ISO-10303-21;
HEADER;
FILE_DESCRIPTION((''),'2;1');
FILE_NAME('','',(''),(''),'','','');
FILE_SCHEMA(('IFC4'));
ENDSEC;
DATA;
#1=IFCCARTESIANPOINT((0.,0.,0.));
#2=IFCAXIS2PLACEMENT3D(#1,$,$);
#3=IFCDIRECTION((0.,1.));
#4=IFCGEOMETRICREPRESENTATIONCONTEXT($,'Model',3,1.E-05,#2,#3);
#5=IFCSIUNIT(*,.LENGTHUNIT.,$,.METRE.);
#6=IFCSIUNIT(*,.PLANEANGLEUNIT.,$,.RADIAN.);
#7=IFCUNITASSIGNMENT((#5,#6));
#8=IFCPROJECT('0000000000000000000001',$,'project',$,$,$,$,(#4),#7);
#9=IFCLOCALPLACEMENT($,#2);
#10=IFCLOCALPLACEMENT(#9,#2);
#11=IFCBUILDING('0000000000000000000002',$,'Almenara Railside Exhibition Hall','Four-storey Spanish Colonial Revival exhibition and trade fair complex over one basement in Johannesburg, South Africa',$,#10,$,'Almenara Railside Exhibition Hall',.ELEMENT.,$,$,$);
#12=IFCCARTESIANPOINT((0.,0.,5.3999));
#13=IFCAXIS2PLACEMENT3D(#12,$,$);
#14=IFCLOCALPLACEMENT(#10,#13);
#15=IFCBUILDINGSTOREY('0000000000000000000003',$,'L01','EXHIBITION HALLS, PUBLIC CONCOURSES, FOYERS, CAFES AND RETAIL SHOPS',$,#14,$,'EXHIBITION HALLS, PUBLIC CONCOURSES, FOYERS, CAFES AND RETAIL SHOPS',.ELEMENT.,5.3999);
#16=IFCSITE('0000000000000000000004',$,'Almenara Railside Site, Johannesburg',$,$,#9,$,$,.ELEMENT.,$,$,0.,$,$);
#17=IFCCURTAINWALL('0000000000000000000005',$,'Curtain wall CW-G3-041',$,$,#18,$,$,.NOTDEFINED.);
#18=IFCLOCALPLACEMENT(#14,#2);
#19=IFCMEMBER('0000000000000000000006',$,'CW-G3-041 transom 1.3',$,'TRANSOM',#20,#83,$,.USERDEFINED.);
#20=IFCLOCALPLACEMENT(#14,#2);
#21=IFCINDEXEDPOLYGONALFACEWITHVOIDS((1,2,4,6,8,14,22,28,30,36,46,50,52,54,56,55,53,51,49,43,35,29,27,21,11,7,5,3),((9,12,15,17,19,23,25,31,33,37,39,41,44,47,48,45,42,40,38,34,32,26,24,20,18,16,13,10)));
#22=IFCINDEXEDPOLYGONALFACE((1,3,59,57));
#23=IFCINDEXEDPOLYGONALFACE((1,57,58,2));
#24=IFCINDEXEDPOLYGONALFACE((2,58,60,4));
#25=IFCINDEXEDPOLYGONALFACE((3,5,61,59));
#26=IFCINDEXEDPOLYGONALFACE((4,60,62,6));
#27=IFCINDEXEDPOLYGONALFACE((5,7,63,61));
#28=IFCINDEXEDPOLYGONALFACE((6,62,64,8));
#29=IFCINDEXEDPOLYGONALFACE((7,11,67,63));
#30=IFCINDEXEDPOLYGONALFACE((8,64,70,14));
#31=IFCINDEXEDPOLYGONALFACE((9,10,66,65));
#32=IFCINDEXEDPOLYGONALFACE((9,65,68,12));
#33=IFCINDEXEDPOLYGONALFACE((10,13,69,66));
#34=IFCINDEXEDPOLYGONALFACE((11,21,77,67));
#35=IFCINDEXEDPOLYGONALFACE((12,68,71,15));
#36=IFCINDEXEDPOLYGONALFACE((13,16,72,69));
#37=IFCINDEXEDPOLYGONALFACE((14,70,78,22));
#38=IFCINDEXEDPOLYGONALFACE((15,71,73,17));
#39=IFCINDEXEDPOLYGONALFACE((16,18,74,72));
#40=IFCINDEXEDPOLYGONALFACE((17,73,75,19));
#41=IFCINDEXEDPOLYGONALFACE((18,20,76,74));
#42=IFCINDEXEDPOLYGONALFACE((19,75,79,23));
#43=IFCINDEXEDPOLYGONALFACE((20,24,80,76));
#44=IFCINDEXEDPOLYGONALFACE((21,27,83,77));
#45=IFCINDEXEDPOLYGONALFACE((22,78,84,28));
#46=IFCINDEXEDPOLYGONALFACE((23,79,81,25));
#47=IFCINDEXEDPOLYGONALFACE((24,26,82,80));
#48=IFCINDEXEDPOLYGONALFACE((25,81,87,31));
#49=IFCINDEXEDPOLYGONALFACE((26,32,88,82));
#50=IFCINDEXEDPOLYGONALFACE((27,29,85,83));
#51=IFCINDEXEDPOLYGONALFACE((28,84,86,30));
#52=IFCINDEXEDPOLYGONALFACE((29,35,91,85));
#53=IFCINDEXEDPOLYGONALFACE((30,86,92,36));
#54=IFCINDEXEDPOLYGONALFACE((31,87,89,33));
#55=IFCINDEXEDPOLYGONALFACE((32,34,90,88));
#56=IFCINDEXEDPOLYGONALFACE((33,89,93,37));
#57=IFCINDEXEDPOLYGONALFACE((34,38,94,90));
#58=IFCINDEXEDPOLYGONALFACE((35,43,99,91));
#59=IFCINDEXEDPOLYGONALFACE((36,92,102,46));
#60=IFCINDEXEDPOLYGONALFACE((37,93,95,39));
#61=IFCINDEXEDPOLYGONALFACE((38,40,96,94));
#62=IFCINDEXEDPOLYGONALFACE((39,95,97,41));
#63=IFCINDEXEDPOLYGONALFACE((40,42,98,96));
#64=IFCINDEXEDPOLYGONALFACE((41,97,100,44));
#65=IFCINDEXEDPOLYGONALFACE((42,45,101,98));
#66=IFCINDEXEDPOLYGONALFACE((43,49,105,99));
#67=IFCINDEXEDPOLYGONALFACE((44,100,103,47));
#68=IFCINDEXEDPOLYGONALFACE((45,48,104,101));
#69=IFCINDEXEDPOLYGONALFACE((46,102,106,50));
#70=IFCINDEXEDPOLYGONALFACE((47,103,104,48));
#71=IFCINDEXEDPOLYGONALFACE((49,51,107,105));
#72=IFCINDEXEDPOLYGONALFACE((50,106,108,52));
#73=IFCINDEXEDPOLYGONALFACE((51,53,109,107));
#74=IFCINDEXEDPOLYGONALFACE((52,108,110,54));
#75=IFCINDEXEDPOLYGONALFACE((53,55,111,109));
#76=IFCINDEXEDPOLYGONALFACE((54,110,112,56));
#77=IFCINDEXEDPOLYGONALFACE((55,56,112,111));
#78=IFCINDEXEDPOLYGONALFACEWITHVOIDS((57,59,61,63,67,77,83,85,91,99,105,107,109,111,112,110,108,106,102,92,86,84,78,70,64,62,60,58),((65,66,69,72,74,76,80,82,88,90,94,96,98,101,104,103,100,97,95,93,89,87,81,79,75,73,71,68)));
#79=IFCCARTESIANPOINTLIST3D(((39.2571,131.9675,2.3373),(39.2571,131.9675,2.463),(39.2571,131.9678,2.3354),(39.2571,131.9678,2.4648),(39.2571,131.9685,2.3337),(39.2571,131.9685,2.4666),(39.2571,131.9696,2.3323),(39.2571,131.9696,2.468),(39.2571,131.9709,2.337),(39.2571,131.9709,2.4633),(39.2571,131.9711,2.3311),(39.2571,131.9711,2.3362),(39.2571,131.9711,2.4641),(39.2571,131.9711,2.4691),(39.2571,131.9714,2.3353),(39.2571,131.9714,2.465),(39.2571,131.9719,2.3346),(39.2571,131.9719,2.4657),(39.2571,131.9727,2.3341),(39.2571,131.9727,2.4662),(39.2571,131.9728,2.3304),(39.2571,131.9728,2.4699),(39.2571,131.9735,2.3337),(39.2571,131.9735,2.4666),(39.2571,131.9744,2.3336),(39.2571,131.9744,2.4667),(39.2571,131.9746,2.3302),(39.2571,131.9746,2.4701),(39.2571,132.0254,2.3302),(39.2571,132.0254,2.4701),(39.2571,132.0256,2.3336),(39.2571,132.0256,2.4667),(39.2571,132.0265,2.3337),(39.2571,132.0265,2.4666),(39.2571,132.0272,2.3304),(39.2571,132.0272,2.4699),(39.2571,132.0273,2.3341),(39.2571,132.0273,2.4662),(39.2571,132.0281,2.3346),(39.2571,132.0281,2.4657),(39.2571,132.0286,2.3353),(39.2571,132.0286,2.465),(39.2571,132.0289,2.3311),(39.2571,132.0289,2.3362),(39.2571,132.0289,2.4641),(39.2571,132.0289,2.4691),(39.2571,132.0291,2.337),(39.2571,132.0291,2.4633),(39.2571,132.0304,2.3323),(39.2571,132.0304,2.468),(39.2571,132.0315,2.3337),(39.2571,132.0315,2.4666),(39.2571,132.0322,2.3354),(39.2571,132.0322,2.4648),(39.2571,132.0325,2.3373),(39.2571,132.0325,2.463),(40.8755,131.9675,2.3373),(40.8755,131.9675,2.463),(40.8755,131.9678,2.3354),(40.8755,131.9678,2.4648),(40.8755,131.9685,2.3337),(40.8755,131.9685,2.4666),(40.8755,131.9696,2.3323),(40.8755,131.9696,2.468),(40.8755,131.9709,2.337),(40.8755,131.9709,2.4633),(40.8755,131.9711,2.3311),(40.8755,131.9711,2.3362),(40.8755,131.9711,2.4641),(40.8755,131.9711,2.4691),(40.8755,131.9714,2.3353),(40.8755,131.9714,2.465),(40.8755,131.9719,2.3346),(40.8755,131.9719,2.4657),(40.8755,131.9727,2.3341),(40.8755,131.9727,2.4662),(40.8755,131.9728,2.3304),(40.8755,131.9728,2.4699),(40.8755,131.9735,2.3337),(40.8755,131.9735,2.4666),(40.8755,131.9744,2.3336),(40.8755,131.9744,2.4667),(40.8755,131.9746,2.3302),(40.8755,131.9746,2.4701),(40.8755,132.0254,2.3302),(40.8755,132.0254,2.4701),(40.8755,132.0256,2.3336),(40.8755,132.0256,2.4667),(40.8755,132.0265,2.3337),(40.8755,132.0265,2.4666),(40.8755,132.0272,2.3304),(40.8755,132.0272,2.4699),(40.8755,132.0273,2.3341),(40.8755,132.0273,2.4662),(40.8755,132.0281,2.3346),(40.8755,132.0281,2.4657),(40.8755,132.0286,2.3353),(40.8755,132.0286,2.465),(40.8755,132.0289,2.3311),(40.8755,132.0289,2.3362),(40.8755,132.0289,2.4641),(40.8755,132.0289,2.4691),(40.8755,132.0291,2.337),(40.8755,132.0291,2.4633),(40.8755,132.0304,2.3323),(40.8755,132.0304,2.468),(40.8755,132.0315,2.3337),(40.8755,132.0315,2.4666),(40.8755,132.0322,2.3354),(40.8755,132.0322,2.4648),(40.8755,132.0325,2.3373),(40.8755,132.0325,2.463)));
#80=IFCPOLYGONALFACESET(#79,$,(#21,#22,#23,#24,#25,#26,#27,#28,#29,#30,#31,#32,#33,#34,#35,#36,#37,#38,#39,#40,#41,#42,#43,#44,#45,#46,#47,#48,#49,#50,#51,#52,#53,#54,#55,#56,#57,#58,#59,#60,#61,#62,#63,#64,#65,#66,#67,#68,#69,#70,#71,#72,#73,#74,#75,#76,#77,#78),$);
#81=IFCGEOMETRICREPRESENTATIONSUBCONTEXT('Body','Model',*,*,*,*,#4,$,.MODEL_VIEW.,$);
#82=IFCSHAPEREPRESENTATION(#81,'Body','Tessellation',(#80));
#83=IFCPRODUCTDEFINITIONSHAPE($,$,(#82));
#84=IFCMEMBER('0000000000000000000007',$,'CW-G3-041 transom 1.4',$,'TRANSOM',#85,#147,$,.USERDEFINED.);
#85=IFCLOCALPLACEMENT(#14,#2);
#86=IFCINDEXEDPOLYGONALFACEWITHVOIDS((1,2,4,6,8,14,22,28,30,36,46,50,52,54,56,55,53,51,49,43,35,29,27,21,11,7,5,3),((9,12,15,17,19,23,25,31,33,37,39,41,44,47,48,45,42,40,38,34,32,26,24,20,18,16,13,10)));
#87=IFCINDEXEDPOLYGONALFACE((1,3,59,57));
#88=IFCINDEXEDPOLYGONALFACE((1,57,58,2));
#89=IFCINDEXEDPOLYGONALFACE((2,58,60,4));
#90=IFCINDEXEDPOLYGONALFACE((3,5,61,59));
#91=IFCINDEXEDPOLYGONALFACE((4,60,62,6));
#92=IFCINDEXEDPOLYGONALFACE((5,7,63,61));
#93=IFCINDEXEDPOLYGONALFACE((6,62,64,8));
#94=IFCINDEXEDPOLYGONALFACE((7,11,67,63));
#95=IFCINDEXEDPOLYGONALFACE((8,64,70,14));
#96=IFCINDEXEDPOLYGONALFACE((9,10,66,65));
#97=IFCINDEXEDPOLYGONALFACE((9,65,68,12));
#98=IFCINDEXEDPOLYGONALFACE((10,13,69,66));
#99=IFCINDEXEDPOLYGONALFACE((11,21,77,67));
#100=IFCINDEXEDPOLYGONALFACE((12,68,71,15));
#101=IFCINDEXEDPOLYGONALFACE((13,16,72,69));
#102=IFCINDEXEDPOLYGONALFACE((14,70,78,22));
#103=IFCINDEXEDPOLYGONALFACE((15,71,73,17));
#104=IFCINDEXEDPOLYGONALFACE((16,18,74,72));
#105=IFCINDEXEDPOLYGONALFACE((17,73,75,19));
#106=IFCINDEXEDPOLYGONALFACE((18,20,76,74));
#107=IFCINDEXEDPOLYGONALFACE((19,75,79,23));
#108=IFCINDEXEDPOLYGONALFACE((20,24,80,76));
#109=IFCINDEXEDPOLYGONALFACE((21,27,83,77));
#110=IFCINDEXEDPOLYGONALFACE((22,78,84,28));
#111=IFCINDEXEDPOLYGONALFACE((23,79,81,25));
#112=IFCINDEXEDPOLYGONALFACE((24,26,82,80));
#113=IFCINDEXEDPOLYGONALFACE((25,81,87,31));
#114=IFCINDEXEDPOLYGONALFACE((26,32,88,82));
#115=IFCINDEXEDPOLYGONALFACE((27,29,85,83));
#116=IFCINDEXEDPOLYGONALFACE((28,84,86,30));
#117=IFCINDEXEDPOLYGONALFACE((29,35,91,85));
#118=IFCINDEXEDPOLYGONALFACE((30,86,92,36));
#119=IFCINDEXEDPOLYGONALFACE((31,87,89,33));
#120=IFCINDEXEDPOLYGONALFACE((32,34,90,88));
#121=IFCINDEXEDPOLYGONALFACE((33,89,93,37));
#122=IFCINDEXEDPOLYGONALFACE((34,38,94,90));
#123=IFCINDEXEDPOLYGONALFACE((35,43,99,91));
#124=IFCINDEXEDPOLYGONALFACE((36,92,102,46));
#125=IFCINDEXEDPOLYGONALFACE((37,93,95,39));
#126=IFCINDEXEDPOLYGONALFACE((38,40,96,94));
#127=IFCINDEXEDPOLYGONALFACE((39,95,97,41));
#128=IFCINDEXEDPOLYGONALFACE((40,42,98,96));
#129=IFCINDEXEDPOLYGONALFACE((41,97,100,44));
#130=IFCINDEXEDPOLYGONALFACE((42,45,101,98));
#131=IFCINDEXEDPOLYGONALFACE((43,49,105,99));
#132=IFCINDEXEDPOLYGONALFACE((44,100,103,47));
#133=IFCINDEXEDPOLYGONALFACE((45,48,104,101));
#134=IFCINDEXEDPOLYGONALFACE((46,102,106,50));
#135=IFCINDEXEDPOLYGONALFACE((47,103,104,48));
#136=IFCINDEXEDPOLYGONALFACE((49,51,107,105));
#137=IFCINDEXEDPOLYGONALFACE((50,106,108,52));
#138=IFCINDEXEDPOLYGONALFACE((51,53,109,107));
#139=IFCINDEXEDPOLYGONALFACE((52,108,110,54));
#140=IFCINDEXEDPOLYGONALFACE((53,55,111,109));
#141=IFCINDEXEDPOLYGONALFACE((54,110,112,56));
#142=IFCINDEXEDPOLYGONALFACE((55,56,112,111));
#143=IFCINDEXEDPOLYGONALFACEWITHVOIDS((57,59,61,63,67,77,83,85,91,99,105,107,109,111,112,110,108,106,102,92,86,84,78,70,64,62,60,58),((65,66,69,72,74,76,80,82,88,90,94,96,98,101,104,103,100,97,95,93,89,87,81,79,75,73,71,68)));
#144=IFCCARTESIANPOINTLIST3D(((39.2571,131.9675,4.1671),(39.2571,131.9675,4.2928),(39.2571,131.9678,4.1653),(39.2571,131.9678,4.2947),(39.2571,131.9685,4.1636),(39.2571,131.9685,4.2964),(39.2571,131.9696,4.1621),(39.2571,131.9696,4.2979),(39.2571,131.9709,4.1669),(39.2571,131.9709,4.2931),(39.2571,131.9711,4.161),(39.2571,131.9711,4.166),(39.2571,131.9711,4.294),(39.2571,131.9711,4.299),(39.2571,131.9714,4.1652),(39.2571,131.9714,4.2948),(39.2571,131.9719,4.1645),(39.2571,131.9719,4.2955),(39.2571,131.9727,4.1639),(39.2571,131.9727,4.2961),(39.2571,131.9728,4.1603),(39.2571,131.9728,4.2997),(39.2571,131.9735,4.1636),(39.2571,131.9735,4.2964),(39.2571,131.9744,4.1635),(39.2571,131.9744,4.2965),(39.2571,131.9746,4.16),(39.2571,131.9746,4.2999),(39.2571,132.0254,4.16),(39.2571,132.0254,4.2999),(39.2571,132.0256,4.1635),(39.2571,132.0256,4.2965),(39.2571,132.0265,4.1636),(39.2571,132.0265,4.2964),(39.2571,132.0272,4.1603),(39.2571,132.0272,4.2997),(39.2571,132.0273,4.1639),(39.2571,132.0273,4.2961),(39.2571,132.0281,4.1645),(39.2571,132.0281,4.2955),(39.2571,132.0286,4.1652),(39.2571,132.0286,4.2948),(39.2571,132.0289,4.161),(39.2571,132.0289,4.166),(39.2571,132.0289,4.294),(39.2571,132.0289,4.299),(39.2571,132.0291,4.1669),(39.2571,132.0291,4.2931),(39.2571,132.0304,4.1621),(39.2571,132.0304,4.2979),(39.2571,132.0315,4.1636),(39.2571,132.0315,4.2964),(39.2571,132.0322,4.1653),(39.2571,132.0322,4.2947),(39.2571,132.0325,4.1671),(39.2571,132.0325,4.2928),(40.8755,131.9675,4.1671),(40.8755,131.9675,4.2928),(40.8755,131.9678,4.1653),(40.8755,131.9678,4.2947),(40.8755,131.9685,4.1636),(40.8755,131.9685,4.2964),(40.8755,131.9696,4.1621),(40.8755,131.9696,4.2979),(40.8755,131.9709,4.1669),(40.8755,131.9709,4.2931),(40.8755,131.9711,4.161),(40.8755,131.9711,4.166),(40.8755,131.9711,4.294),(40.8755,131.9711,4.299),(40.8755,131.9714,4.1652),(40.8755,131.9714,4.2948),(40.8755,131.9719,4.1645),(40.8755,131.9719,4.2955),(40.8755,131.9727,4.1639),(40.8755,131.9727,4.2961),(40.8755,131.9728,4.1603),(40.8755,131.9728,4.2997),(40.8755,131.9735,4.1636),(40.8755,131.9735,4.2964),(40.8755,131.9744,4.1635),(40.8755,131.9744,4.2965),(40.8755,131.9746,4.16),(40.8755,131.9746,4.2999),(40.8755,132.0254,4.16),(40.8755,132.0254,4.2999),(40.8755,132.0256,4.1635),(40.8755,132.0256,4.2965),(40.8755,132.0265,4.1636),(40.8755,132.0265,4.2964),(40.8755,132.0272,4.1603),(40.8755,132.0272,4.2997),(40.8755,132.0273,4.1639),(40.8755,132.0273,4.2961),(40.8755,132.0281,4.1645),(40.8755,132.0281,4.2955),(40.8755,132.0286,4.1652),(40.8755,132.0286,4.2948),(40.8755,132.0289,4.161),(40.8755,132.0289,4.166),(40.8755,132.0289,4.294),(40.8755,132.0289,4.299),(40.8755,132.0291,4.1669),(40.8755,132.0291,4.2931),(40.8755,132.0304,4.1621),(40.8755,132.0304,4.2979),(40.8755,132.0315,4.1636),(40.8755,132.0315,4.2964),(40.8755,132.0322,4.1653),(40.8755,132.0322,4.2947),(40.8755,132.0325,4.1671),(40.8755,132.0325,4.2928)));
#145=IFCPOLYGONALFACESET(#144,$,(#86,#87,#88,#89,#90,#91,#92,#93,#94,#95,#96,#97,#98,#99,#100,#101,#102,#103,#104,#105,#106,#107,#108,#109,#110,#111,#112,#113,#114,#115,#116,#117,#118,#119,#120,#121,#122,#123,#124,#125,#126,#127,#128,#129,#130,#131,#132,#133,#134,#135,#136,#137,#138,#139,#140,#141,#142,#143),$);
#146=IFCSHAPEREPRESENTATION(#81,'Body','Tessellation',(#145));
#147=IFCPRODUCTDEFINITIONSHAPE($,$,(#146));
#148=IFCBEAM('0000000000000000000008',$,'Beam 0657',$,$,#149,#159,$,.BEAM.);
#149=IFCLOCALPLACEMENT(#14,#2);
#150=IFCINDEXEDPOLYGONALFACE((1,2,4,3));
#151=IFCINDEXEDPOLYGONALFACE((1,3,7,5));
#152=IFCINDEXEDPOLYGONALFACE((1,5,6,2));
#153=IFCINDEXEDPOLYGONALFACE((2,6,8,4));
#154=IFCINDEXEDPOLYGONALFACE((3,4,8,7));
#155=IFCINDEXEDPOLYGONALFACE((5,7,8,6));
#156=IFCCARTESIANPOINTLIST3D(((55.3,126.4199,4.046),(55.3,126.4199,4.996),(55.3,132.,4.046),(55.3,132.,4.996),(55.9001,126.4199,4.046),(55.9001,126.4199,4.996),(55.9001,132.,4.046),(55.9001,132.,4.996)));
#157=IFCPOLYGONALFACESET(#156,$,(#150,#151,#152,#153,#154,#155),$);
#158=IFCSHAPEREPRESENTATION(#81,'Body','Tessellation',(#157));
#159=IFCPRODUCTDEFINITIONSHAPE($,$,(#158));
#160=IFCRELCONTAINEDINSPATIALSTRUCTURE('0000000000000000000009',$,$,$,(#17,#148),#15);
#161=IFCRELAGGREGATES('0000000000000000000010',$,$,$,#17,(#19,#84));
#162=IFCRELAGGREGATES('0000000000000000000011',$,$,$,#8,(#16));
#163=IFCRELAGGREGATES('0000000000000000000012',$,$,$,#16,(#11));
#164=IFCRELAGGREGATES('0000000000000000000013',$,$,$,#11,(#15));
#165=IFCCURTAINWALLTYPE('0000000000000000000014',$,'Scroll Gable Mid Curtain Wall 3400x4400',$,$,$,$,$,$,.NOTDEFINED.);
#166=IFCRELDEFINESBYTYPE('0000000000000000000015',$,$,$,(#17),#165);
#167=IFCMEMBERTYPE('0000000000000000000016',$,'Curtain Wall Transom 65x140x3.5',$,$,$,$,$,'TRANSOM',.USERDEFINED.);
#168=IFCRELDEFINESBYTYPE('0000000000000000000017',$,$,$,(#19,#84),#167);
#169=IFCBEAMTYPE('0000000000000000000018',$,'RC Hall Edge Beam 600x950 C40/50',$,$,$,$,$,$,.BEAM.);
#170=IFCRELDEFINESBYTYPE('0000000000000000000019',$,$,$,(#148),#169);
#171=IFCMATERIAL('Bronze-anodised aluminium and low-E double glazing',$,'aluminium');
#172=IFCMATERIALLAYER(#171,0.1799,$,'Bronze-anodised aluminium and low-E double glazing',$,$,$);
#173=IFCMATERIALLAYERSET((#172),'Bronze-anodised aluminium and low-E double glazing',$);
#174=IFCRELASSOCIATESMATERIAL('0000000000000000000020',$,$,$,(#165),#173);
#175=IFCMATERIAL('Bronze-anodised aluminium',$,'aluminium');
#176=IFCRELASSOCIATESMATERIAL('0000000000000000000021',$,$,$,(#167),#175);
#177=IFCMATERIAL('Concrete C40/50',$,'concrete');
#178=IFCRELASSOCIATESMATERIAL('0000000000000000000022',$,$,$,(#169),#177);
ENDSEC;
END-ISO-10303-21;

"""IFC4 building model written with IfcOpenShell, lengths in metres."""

from ifc_helpers import new_model, si_unit, direction, frame, origin, origin_2d, place, context, subcontext, project, spatial, rectangle, hollow_rectangle, extrude, material, layer, layer_set, material_profile, profile_set, type_object, element, aggregate, save


model = new_model("IFC4")

# Units and contexts
model_context = context("Model", 3, precision=1e-05, world=origin(), true_north=direction((0.0, 1.0)))
body_context = subcontext(model_context, "Body", "Model", "MODEL_VIEW")
ifc_project = project(units=[si_unit("LENGTHUNIT", "METRE"), si_unit("PLANEANGLEUNIT", "RADIAN")], contexts=[model_context])

# Site, building, storey
site_placement = place(None, origin())
site = spatial("IfcSite", under=ifc_project, at=site_placement, Name="Almenara Railside Site, Johannesburg", CompositionType="ELEMENT", RefElevation=0.0)
building_placement = place(site_placement, origin())
building = spatial("IfcBuilding", under=site, at=building_placement, Name="Almenara Railside Exhibition Hall", Description="Four-storey Spanish Colonial Revival exhibition and trade fair complex over one basement in Johannesburg, South Africa", LongName="Almenara Railside Exhibition Hall", CompositionType="ELEMENT")
storey_placement = place(building_placement, frame((0.0, 0.0, 5.3999)))
storey = spatial("IfcBuildingStorey", under=building, at=storey_placement, Name="L01", Description="EXHIBITION HALLS, PUBLIC CONCOURSES, FOYERS, CAFES AND RETAIL SHOPS", LongName="EXHIBITION HALLS, PUBLIC CONCOURSES, FOYERS, CAFES AND RETAIL SHOPS", CompositionType="ELEMENT", Elevation=5.3999)

# Curtain wall, members
ifc_material_1 = material(Name="Bronze-anodised aluminium and low-E double glazing", Category="aluminium")
ifc_layer_1 = layer(ifc_material_1, 0.1799, Name="Bronze-anodised aluminium and low-E double glazing")
ifc_layer_set_1 = layer_set([ifc_layer_1], Name="Bronze-anodised aluminium and low-E double glazing")
curtain_wall_type = type_object("IfcCurtainWallType", Name="Scroll Gable Mid Curtain Wall 3400x4400", PredefinedType="NOTDEFINED", material=ifc_layer_set_1)
curtain_wall_placement = place(storey_placement, origin())
curtain_wall = element("IfcCurtainWall", 1, at=curtain_wall_placement, inside=storey, type_object=curtain_wall_type, Name="Curtain wall CW-G3-041", PredefinedType="NOTDEFINED")
ifc_material_2 = material(Name="Bronze-anodised aluminium", Category="aluminium")
ifc_material_profile_1 = material_profile(ifc_material_2, hollow_rectangle(XDim=0.0649, YDim=0.1399, WallThickness=0.0034, InnerFilletRadius=0.0034, OuterFilletRadius=0.0071, at=origin_2d()), Name="ALU-TRN 65x140x3.5")
ifc_profile_set_1 = profile_set([ifc_material_profile_1], Name="Bronze-anodised aluminium")
member_type_1 = type_object("IfcMemberType", Name="Curtain Wall Transom 65x140x3.5", ElementType="TRANSOM", PredefinedType="USERDEFINED", material=ifc_profile_set_1)
member_1_placement = place(storey_placement, frame((39.2571, 132.0, 2.4001), z_axis=(1.0, 0.0, 0.0), x_axis=(0.0, 1.0, 0.0)))
member_1 = element("IfcMember", 2, at=member_1_placement, type_object=member_type_1, Name="CW-G3-041 transom 1.3", ObjectType="TRANSOM", PredefinedType="USERDEFINED", context=body_context, shape_type="SweptSolid", body=[
    extrude(hollow_rectangle(XDim=0.0649, YDim=0.1399, WallThickness=0.0034, InnerFilletRadius=0.0034, OuterFilletRadius=0.0071, at=origin_2d()), origin(), (0.0, 0.0, 1.0), 1.6184),
])
member_2_placement = place(storey_placement, frame((39.2571, 132.0, 4.23), z_axis=(1.0, 0.0, 0.0), x_axis=(0.0, 1.0, 0.0)))
member_2 = element("IfcMember", 3, at=member_2_placement, type_object=member_type_1, Name="CW-G3-041 transom 1.4", ObjectType="TRANSOM", PredefinedType="USERDEFINED", context=body_context, shape_type="SweptSolid", body=[
    extrude(hollow_rectangle(XDim=0.0649, YDim=0.1399, WallThickness=0.0034, InnerFilletRadius=0.0034, OuterFilletRadius=0.0071, at=origin_2d()), origin(), (0.0, 0.0, 1.0), 1.6184),
])

# Beam
ifc_material_3 = material(Name="Concrete C40/50", Category="concrete")
ifc_material_profile_2 = material_profile(ifc_material_3, rectangle(XDim=0.6001, YDim=0.95, at=origin_2d()), Name="RC 600x950")
ifc_profile_set_2 = profile_set([ifc_material_profile_2], Name="Concrete C40/50")
beam_type_1 = type_object("IfcBeamType", Name="RC Hall Edge Beam 600x950 C40/50", PredefinedType="BEAM", material=ifc_profile_set_2)
beam_1_placement = place(storey_placement, frame((55.6001, 126.4199, 4.521), z_axis=(0.0, 1.0, 0.0), x_axis=(-1.0, 0.0, 0.0)))
element("IfcBeam", 4, at=beam_1_placement, inside=storey, type_object=beam_type_1, Name="Beam 0657", PredefinedType="BEAM", context=body_context, shape_type="SweptSolid", body=[
    extrude(rectangle(XDim=0.6001, YDim=0.95, at=origin_2d()), origin(), (0.0, 0.0, 1.0), 5.5801),
])

aggregate(curtain_wall, [member_1, member_2])

save(model, "model.ifc")
